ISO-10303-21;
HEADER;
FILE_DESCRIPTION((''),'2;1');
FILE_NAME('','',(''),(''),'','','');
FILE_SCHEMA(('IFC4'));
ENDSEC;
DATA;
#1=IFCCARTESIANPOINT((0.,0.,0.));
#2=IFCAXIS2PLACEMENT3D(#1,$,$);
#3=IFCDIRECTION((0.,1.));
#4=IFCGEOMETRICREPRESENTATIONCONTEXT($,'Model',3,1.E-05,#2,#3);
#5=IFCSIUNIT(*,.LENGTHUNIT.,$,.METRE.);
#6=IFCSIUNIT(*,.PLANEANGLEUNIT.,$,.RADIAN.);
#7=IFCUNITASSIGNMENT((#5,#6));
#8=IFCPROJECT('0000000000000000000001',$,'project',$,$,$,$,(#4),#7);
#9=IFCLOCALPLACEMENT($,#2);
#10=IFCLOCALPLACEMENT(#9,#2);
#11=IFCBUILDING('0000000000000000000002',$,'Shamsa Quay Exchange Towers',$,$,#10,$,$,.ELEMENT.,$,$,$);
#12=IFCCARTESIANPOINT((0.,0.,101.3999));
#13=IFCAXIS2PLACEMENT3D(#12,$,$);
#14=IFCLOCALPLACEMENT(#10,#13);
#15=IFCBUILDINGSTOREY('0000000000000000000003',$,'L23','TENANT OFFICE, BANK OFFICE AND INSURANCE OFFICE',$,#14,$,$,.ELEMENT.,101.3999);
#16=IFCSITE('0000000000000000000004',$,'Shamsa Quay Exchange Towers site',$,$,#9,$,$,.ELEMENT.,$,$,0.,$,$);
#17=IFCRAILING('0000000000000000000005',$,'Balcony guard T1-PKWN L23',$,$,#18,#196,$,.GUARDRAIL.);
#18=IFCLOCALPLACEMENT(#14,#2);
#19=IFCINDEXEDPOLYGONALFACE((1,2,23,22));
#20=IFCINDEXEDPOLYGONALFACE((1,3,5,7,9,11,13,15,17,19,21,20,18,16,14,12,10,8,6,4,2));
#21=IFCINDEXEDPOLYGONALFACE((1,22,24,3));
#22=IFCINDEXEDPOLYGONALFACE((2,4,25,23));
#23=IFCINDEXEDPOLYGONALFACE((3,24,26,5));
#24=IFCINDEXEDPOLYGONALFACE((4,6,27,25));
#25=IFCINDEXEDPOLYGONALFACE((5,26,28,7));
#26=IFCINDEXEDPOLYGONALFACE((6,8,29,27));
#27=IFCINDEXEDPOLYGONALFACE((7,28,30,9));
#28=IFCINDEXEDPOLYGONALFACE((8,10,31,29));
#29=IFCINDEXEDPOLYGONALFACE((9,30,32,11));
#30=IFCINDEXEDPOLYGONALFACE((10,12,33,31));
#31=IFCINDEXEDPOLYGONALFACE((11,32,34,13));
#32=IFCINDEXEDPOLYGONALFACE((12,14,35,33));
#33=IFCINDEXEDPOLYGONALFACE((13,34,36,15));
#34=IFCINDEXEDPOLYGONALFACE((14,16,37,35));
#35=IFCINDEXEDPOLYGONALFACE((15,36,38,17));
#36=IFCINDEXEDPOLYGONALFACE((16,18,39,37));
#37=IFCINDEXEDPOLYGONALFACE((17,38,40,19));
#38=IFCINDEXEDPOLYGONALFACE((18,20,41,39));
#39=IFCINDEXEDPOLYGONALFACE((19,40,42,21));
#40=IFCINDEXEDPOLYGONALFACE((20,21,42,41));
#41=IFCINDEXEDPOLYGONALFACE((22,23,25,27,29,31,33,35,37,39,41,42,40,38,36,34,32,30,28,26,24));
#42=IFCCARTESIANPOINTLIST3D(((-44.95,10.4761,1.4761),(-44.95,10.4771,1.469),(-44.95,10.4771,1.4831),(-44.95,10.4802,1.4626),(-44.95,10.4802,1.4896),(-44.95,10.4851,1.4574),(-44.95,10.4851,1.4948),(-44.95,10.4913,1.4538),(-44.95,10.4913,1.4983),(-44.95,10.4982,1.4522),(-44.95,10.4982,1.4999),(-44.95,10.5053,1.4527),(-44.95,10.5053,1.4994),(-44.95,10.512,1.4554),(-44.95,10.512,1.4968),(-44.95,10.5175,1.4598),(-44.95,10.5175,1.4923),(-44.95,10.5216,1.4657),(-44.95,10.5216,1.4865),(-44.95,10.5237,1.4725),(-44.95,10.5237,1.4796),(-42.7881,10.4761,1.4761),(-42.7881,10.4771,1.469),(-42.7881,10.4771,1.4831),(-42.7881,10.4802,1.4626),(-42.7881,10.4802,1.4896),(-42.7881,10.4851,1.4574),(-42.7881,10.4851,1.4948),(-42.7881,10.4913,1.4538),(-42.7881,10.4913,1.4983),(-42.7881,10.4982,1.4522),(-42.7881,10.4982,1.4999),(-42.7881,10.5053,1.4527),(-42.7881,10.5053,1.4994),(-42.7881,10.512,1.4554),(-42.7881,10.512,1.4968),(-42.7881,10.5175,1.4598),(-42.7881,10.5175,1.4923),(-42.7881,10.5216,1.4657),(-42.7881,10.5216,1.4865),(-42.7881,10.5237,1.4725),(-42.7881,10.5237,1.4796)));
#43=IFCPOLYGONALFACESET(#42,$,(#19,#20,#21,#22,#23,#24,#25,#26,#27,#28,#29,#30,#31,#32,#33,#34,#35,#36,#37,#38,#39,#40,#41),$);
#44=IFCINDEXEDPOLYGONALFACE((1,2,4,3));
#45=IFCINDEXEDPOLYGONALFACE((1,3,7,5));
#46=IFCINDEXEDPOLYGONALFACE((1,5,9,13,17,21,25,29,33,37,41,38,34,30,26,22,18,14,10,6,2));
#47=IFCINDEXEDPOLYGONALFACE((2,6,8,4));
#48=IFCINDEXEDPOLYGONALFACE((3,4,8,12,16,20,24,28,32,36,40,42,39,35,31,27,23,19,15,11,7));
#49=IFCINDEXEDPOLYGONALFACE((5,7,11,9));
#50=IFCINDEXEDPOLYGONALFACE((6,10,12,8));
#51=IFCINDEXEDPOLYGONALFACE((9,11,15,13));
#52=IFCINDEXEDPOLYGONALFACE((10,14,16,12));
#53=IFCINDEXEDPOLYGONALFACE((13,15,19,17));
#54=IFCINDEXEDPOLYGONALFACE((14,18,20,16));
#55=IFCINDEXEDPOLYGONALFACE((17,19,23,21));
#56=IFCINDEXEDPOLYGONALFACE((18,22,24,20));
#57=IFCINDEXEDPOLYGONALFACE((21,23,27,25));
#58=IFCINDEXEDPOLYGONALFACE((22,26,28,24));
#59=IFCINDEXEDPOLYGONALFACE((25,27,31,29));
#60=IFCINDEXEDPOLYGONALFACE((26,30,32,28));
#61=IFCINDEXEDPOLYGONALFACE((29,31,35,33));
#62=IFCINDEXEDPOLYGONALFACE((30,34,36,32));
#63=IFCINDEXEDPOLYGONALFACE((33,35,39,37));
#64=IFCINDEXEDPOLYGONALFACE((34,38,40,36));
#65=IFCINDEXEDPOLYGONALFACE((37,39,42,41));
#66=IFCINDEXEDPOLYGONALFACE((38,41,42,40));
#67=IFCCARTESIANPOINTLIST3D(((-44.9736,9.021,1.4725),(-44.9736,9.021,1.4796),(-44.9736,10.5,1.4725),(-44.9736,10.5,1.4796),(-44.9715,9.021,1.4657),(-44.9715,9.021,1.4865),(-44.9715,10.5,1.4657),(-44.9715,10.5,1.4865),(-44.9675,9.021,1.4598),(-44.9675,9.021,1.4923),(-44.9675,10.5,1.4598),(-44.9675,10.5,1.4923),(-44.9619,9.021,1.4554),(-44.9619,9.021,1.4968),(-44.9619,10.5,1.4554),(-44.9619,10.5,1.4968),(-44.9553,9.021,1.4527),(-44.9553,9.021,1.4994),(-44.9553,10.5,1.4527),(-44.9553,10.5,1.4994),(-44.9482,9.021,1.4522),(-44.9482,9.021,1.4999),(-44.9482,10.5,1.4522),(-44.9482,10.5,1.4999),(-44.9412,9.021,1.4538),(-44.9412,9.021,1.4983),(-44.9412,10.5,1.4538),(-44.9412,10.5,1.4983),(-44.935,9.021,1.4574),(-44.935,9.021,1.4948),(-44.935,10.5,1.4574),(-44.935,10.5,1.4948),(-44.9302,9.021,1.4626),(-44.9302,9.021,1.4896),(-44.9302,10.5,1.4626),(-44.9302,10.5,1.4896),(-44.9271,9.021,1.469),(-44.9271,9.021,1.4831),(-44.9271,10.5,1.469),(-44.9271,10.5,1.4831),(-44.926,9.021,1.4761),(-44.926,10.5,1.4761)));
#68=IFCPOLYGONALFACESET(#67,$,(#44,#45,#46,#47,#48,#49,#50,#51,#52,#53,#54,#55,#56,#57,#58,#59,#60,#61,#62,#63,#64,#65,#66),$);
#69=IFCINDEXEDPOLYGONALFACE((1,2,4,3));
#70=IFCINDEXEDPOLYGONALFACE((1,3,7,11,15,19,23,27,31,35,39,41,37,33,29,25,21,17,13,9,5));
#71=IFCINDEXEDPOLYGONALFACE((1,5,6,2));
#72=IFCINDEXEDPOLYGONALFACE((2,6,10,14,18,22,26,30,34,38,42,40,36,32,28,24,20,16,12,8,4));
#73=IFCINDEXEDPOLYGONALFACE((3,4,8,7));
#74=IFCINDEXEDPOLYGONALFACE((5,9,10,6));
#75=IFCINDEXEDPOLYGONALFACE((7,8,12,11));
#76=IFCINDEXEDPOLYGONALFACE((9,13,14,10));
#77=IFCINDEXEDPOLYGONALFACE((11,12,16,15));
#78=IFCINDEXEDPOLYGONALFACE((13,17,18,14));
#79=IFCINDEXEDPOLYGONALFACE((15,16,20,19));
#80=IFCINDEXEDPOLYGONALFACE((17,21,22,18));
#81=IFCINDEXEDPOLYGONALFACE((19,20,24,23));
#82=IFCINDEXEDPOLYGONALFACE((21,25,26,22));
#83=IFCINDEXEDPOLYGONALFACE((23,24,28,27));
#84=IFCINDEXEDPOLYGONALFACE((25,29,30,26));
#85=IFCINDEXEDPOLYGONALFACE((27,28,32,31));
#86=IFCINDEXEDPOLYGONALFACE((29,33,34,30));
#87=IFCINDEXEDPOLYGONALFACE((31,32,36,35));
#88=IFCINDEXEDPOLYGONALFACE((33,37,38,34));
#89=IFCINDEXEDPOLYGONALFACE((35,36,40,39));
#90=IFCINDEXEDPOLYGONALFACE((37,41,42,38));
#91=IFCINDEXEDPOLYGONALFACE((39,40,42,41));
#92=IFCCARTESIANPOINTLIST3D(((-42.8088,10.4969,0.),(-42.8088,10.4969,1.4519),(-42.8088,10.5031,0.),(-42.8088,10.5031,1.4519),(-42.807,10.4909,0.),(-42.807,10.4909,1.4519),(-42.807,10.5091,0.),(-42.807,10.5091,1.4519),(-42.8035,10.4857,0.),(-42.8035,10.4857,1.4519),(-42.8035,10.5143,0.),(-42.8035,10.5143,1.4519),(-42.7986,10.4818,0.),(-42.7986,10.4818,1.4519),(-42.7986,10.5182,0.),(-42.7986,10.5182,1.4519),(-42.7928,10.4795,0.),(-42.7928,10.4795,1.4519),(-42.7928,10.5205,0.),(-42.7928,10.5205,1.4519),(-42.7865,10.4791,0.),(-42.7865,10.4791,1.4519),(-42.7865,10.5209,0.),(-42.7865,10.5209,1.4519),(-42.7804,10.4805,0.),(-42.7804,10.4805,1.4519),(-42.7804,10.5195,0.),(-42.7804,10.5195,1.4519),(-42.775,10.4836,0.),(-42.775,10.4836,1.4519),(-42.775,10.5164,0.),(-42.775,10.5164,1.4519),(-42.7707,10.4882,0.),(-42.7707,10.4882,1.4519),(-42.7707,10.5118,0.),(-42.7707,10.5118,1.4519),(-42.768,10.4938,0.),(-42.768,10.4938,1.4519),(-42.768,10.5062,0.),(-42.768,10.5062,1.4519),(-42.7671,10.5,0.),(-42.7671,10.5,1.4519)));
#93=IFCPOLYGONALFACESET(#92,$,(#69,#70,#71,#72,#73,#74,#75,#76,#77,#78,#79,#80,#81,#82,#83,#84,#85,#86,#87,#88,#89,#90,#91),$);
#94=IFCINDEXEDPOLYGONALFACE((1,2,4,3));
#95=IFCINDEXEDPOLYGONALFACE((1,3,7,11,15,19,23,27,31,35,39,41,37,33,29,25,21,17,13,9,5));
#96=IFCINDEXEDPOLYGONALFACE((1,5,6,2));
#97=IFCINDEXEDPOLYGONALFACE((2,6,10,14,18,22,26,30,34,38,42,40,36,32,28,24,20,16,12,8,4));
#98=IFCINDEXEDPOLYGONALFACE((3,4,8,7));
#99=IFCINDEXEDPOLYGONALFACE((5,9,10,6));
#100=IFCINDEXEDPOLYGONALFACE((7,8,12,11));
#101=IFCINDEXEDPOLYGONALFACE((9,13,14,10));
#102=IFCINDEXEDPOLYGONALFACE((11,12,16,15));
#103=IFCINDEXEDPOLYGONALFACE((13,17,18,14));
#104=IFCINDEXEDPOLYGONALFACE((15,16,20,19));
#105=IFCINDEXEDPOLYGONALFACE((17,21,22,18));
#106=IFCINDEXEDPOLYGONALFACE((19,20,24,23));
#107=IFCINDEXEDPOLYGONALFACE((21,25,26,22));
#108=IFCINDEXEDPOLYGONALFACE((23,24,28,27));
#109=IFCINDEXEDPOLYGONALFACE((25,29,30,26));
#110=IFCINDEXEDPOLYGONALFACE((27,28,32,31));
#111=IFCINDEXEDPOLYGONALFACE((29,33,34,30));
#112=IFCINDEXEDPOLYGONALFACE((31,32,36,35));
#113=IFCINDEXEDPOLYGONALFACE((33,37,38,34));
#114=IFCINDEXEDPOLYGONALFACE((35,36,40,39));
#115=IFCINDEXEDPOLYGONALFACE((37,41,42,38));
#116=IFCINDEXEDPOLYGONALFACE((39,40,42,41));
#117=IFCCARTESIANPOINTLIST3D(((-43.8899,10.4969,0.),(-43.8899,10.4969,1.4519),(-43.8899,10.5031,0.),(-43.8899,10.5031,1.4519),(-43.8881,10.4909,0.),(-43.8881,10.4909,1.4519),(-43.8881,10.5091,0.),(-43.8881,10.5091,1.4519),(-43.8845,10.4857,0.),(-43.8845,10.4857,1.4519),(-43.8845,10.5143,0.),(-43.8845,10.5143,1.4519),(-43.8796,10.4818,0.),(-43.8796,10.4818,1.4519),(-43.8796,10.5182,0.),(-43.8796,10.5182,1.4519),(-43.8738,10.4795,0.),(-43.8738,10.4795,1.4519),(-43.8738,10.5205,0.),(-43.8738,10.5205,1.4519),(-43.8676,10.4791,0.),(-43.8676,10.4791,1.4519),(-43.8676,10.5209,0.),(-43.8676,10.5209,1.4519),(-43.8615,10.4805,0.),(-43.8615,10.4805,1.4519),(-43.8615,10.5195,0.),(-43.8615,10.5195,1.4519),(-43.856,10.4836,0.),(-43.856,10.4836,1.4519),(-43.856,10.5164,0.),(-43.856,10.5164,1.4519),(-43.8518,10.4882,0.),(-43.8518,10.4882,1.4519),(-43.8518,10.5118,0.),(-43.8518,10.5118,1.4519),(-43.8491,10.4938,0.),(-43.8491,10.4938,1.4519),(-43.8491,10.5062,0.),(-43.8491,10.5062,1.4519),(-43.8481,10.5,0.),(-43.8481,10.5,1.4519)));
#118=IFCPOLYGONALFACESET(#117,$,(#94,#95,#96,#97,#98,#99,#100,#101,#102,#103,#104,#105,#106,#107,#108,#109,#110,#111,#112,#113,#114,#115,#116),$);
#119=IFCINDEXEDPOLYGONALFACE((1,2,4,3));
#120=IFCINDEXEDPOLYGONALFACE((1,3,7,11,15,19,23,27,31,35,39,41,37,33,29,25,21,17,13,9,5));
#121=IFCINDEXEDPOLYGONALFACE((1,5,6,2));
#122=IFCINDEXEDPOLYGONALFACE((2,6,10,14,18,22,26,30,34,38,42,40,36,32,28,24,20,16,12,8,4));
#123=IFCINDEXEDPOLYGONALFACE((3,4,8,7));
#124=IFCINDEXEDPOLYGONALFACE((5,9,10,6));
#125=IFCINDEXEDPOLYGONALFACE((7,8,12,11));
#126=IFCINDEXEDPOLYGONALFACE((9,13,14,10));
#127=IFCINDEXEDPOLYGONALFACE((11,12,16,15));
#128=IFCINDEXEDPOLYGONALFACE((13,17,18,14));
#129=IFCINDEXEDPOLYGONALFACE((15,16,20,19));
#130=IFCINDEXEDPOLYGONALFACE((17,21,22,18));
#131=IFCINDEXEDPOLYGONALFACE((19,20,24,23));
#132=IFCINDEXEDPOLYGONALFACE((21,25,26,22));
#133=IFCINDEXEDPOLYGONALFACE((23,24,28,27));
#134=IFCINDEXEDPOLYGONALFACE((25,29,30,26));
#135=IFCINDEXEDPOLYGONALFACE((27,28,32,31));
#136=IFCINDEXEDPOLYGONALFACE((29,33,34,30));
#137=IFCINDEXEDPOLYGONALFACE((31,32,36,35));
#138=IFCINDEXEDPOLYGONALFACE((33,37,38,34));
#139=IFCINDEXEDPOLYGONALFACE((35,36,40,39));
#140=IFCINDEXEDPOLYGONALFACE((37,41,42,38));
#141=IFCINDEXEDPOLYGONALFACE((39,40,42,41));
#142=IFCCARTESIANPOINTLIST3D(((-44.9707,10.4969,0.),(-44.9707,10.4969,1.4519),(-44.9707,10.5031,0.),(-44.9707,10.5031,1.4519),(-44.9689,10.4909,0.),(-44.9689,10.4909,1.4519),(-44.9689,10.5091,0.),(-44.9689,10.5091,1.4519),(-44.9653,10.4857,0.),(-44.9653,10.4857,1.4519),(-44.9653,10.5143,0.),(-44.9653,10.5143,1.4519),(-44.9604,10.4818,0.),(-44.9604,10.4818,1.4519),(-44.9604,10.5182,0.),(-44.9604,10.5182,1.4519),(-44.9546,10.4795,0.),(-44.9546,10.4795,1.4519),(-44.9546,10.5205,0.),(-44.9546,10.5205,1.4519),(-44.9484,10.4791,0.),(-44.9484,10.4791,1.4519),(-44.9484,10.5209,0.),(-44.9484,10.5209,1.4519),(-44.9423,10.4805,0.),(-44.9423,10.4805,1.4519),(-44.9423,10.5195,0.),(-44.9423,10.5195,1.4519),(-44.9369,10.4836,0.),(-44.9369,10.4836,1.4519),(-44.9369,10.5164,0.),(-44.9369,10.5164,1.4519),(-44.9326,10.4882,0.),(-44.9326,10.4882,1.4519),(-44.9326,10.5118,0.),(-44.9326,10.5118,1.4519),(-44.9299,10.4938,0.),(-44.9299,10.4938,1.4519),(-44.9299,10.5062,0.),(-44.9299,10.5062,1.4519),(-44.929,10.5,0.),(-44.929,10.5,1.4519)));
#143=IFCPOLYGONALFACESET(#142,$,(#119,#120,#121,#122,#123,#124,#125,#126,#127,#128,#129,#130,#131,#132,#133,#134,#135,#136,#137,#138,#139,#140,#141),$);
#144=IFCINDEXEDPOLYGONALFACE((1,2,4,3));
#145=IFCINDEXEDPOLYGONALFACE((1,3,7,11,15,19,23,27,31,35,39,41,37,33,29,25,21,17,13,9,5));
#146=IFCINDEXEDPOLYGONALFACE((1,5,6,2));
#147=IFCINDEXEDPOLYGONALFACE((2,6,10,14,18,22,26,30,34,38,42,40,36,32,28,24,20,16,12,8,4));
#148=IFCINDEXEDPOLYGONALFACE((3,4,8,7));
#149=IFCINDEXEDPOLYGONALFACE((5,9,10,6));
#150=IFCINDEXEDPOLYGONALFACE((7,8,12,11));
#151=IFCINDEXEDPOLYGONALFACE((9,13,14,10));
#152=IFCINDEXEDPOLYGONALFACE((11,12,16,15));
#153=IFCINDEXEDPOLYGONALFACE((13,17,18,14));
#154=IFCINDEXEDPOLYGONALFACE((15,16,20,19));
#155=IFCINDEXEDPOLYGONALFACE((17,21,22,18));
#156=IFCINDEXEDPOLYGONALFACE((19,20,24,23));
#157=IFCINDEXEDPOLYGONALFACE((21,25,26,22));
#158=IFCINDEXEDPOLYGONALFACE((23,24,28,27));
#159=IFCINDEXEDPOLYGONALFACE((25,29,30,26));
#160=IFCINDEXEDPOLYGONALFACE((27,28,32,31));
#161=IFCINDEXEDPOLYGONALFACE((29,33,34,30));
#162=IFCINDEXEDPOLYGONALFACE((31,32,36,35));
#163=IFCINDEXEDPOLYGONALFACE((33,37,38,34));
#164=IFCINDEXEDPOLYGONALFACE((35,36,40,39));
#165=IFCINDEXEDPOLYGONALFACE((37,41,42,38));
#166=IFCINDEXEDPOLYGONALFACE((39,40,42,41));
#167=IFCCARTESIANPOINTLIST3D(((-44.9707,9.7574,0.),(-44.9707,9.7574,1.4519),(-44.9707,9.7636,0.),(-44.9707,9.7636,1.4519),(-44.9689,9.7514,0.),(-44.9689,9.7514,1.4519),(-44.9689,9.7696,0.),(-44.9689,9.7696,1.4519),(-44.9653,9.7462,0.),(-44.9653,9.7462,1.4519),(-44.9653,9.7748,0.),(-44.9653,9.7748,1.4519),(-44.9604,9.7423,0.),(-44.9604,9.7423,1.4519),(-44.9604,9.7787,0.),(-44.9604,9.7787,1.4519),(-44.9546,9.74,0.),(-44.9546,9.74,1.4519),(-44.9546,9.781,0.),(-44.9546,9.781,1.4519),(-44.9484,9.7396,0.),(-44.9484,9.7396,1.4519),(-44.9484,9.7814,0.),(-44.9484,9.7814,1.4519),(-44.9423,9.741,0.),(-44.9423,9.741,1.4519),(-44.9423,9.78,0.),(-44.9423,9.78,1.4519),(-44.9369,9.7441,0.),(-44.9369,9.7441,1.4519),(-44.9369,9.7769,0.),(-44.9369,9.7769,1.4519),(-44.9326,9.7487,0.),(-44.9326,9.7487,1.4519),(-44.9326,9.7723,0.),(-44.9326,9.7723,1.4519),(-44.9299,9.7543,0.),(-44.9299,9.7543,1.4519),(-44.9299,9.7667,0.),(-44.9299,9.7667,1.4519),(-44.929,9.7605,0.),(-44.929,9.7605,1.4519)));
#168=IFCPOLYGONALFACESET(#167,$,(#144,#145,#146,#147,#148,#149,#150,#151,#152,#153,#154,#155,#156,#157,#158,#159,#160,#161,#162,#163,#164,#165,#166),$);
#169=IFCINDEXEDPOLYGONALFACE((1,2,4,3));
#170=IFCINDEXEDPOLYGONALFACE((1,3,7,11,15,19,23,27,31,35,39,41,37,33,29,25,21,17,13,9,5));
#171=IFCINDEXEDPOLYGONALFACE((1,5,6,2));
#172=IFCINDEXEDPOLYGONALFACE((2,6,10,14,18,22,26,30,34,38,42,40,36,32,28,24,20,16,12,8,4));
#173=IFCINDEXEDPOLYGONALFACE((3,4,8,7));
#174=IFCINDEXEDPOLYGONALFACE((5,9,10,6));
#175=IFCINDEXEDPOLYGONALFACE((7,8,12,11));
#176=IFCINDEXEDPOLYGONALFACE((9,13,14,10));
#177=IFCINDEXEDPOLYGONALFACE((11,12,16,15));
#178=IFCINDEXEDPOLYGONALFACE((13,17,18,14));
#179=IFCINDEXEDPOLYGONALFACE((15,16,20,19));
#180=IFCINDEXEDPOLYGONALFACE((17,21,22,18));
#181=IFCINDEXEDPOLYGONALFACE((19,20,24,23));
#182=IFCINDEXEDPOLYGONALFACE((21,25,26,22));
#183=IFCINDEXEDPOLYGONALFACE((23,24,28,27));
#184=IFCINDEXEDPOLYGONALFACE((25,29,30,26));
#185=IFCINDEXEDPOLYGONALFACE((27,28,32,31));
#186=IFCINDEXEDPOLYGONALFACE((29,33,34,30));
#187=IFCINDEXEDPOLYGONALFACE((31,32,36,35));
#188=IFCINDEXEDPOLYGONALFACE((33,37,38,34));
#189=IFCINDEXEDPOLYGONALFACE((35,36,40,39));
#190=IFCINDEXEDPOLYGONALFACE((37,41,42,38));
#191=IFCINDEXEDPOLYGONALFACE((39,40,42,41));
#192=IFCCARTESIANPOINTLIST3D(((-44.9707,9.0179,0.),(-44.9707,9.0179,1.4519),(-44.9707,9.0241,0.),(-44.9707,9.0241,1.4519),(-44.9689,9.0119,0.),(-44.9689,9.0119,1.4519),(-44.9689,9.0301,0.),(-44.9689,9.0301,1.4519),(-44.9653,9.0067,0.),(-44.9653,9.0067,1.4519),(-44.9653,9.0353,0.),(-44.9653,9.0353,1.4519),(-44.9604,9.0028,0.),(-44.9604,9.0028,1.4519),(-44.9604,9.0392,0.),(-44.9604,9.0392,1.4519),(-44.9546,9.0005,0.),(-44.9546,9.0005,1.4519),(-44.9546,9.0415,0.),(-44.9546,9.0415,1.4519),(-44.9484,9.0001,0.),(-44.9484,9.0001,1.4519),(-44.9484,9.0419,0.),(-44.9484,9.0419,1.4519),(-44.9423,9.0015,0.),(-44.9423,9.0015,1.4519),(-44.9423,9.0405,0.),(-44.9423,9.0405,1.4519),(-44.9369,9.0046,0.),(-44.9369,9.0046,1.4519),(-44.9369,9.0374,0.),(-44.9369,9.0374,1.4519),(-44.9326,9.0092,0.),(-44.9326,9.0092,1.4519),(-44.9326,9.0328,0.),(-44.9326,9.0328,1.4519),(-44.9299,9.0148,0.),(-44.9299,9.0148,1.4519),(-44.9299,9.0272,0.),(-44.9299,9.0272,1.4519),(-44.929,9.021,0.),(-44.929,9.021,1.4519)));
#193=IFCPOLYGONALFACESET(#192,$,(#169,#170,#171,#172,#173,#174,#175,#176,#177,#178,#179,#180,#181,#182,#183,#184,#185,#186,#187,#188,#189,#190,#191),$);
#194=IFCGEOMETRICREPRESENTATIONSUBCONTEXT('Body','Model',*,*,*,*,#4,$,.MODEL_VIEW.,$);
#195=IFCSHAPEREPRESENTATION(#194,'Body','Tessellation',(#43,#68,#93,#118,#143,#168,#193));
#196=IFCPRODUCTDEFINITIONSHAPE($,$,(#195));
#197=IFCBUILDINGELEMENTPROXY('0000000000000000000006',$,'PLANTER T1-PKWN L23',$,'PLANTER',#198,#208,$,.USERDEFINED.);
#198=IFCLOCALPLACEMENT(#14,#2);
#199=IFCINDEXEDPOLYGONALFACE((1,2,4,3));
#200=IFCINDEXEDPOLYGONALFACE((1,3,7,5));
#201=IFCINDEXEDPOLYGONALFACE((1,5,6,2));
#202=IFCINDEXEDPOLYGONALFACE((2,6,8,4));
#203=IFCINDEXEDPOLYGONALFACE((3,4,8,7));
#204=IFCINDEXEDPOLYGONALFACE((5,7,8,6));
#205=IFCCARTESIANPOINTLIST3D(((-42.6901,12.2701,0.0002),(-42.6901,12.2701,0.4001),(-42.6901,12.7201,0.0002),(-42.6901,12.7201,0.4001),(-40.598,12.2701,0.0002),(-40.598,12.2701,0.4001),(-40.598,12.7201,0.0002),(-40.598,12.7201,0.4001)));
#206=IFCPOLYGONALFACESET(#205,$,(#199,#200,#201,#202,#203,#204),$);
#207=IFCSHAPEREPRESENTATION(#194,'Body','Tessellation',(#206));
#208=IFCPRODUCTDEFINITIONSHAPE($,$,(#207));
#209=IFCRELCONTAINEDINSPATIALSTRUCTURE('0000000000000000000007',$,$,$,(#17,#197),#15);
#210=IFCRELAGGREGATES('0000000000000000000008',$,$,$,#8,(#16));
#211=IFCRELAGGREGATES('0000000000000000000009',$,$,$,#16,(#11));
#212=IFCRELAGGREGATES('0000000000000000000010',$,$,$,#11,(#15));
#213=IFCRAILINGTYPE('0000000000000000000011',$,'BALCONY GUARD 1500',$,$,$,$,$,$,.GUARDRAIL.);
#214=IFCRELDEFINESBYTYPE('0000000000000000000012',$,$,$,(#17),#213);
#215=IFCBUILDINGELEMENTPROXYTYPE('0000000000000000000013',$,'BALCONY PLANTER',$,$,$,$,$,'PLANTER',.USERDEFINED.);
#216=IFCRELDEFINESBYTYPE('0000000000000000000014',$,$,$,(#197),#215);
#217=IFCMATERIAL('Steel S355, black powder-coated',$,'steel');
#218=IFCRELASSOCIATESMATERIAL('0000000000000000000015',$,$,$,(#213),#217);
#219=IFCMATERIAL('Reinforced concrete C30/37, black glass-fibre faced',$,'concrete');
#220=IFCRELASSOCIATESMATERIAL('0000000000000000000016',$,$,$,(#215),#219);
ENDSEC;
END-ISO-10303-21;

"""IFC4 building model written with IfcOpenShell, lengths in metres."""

from ifc_helpers import new_model, si_unit, direction, frame, origin, origin_2d, place, context, subcontext, project, spatial, rectangle, circle, extrude, material, type_object, element, save


model = new_model("IFC4")

# Units and contexts
model_context = context("Model", 3, precision=1e-05, world=origin(), true_north=direction((0.0, 1.0)))
body_context = subcontext(model_context, "Body", "Model", "MODEL_VIEW")
ifc_project = project(units=[si_unit("LENGTHUNIT", "METRE"), si_unit("PLANEANGLEUNIT", "RADIAN")], contexts=[model_context])

# Site, building, storey
site_placement = place(None, origin())
site = spatial("IfcSite", under=ifc_project, at=site_placement, Name="Shamsa Quay Exchange Towers site", CompositionType="ELEMENT", RefElevation=0.0)
building_placement = place(site_placement, origin())
building = spatial("IfcBuilding", under=site, at=building_placement, Name="Shamsa Quay Exchange Towers", CompositionType="ELEMENT")
storey_placement = place(building_placement, frame((0.0, 0.0, 101.3999)))
storey = spatial("IfcBuildingStorey", under=building, at=storey_placement, Name="L23", Description="TENANT OFFICE, BANK OFFICE AND INSURANCE OFFICE", CompositionType="ELEMENT", Elevation=101.3999)

# Railing
ifc_material_1 = material(Name="Steel S355, black powder-coated", Category="steel")
railing_type_1 = type_object("IfcRailingType", Name="BALCONY GUARD 1500", PredefinedType="GUARDRAIL", material=ifc_material_1)
railing_1_placement = place(storey_placement, frame((-42.7881, 10.5, 0.0)))
element("IfcRailing", 1, at=railing_1_placement, inside=storey, type_object=railing_type_1, Name="Balcony guard T1-PKWN L23", PredefinedType="GUARDRAIL", context=body_context, shape_type="SweptSolid", body=[
    extrude(circle(Radius=0.0239, at=origin_2d()), frame((0.0, 0.0, 1.4761), z_axis=(-1.0, 0.0, 0.0), x_axis=(0.0, -1.0, 0.0)), (0.0, 0.0, 1.0), 2.1619),
    extrude(circle(Radius=0.0239, at=origin_2d()), frame((-2.1619, 0.0, 1.4761), z_axis=(0.0, -1.0, 0.0), x_axis=(1.0, 0.0, 0.0)), (0.0, 0.0, 1.0), 1.479),
    extrude(circle(Radius=0.021, at=origin_2d()), origin(), (0.0, 0.0, 1.0), 1.4519),
    extrude(circle(Radius=0.021, at=origin_2d()), frame((-1.0811, 0.0, 0.0)), (0.0, 0.0, 1.0), 1.4519),
    extrude(circle(Radius=0.021, at=origin_2d()), frame((-2.1619, 0.0, 0.0)), (0.0, 0.0, 1.0), 1.4519),
    extrude(circle(Radius=0.021, at=origin_2d()), frame((-2.1619, -0.7395, 0.0)), (0.0, 0.0, 1.0), 1.4519),
    extrude(circle(Radius=0.021, at=origin_2d()), frame((-2.1619, -1.479, 0.0)), (0.0, 0.0, 1.0), 1.4519),
])

# Building element proxy
ifc_material_2 = material(Name="Reinforced concrete C30/37, black glass-fibre faced", Category="concrete")
building_element_proxy_type = type_object("IfcBuildingElementProxyType", Name="BALCONY PLANTER", ElementType="PLANTER", PredefinedType="USERDEFINED", material=ifc_material_2)
for number, where, z_axis, x_axis, name in (
    (2, (-41.644, 12.4951, 0.0002), (0.0, 0.0, 1.0), (-1.0, 0.0, 0.0), "PLANTER T1-PKWN L23"),
):
    element("IfcBuildingElementProxy", number, at=place(storey_placement, frame(where, z_axis=z_axis, x_axis=x_axis)), inside=storey, type_object=building_element_proxy_type, Name=name, ObjectType="PLANTER", PredefinedType="USERDEFINED", context=body_context, shape_type="SweptSolid", body=[
        extrude(rectangle(XDim=2.092, YDim=0.45, at=origin_2d()), origin(), (0.0, 0.0, 1.0), 0.3999),
    ])

save(model, "model.ifc")
